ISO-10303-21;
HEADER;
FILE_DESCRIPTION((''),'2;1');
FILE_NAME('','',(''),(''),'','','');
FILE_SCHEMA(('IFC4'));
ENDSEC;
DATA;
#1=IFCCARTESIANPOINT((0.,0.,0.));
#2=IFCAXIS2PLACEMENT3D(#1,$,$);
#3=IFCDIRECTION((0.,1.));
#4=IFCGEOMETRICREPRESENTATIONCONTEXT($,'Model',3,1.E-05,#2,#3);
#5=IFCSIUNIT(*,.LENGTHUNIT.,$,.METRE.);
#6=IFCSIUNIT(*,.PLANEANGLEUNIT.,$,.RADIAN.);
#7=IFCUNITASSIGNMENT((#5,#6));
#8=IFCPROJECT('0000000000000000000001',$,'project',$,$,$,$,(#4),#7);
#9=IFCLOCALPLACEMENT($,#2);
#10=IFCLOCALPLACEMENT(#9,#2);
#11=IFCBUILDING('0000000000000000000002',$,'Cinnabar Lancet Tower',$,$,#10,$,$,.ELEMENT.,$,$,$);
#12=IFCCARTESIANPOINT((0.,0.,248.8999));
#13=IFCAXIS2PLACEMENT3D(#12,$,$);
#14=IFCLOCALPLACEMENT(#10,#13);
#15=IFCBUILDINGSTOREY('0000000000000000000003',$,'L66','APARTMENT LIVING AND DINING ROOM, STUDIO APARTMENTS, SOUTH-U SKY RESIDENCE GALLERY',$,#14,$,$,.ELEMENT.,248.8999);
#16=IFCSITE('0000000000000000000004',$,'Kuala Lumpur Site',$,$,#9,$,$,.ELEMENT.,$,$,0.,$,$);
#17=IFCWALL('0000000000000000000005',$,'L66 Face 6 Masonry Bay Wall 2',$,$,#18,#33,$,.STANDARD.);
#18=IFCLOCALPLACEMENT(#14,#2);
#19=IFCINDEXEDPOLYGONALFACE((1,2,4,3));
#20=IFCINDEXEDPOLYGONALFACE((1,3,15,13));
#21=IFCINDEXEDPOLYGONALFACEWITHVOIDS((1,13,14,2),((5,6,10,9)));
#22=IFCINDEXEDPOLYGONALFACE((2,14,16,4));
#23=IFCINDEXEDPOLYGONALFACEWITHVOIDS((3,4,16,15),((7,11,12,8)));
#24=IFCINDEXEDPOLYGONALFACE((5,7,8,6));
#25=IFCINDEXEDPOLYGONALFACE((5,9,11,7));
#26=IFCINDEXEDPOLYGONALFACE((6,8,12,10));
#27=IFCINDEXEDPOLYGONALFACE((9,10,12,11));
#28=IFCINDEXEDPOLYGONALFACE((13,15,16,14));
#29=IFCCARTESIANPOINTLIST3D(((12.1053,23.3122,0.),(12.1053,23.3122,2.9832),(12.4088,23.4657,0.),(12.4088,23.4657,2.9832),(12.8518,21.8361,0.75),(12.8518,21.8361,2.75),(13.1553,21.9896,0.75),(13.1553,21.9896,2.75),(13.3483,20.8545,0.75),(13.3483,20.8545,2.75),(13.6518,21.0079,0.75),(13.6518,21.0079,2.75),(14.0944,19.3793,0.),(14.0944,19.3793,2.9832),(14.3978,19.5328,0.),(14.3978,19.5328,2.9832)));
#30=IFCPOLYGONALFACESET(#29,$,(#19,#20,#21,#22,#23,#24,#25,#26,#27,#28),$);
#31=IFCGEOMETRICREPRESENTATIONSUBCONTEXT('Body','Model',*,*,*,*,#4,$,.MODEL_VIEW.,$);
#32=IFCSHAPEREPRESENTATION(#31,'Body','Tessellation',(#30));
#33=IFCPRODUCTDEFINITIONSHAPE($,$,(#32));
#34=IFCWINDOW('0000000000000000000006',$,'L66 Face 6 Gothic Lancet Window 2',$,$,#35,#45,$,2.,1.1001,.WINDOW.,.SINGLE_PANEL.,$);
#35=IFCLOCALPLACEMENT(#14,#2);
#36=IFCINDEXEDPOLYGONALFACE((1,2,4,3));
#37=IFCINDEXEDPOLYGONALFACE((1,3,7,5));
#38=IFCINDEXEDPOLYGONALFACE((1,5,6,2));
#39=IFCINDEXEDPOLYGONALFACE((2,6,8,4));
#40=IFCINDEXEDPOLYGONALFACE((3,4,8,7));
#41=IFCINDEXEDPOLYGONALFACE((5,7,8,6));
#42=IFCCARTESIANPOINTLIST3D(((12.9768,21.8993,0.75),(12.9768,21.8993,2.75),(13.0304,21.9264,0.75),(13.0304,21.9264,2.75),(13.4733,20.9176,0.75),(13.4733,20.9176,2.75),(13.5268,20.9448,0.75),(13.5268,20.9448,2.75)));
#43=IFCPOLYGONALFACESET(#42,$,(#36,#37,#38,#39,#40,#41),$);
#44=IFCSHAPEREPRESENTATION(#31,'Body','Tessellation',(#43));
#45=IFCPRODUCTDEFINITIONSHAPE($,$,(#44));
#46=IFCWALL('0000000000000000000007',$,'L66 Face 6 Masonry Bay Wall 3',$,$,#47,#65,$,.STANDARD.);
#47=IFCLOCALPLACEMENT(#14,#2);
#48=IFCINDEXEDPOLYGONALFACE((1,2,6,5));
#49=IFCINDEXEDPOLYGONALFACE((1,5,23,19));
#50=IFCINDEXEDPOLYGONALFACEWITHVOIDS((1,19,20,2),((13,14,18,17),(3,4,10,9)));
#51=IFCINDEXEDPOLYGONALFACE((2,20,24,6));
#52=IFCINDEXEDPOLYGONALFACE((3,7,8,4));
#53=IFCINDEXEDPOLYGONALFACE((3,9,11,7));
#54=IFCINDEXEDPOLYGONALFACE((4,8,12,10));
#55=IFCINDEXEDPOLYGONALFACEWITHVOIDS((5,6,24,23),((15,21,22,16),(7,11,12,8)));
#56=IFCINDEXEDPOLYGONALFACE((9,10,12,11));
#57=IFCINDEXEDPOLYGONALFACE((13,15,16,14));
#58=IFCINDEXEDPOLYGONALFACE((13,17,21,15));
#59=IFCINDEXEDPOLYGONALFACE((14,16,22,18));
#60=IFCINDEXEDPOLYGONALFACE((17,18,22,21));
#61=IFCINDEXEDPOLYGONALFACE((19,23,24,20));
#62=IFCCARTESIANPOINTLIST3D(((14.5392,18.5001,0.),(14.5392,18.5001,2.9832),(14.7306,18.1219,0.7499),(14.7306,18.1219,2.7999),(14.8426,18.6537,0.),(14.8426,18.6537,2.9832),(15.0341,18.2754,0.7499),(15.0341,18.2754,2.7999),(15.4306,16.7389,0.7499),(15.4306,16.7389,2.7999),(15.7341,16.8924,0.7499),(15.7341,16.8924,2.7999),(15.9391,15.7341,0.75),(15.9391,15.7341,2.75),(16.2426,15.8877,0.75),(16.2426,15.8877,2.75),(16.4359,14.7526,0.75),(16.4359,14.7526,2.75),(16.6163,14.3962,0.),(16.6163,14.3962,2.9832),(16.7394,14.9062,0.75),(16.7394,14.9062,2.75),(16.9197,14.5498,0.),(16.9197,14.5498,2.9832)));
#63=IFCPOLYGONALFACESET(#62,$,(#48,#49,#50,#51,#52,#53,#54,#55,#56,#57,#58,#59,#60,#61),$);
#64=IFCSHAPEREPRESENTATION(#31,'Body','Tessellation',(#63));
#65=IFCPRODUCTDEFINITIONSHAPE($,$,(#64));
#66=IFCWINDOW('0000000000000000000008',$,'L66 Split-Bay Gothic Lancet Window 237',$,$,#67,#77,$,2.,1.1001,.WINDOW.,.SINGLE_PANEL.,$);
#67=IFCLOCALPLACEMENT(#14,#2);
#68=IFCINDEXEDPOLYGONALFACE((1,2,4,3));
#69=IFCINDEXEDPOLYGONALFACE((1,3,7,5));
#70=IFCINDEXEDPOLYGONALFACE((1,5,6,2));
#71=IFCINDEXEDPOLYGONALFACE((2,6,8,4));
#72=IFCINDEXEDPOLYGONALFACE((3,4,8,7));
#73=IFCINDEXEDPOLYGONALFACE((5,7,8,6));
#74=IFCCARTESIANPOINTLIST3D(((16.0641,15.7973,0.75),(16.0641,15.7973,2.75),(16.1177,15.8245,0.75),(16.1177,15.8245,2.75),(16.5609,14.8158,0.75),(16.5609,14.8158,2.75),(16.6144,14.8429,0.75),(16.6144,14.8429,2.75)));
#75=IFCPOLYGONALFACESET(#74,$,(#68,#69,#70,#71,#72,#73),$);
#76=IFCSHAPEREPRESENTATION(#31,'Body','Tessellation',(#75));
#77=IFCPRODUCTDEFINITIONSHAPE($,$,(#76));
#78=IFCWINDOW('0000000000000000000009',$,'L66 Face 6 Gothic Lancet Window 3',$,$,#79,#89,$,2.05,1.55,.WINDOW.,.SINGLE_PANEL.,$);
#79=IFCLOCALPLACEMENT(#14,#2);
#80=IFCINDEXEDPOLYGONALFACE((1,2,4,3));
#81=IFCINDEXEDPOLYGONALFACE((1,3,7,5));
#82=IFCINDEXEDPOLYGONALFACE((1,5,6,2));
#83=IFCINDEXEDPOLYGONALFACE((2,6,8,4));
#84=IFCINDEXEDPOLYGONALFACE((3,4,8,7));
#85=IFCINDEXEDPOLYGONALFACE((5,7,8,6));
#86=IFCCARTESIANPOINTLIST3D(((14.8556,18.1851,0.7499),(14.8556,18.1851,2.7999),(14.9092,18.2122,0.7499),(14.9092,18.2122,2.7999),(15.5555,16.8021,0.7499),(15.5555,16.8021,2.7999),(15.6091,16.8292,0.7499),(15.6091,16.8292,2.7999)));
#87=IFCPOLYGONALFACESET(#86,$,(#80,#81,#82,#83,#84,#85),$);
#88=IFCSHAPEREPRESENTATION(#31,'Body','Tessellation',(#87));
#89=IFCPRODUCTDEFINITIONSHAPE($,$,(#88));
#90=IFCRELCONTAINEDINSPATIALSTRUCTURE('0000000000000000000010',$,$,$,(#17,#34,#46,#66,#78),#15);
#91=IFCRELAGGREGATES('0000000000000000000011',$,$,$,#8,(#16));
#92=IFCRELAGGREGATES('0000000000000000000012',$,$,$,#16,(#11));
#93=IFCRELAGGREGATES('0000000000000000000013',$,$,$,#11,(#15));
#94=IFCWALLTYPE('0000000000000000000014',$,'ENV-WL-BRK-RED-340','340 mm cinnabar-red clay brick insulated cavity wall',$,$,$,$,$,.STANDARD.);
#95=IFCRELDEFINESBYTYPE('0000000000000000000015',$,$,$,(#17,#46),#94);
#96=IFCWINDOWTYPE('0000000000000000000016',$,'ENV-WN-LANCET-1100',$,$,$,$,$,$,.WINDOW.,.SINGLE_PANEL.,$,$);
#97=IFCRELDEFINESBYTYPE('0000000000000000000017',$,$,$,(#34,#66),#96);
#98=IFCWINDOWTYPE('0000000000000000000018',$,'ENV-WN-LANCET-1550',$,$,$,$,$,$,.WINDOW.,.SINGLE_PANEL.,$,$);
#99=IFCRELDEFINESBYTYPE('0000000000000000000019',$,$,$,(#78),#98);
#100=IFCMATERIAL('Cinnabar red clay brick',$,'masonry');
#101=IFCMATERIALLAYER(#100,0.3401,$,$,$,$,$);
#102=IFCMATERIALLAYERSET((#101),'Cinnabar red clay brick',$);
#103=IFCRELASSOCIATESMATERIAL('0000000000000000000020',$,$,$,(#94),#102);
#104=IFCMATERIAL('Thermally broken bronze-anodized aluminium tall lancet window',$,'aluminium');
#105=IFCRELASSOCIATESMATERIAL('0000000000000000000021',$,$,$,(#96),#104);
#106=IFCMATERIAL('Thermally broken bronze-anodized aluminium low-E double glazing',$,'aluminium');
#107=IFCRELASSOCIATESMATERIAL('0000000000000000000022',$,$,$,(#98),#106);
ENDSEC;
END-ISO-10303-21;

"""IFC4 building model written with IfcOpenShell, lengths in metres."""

from ifc_helpers import new_model, si_unit, direction, frame, frame_2d, origin, place, context, subcontext, project, spatial, rectangle, extrude, material, layer, layer_set, type_object, element, fill, save


model = new_model("IFC4")

# Units and contexts
model_context = context("Model", 3, precision=1e-05, world=origin(), true_north=direction((0.0, 1.0)))
body_context = subcontext(model_context, "Body", "Model", "MODEL_VIEW")
ifc_project = project(units=[si_unit("LENGTHUNIT", "METRE"), si_unit("PLANEANGLEUNIT", "RADIAN")], contexts=[model_context])

# Site, building, storey
site_placement = place(None, origin())
site = spatial("IfcSite", under=ifc_project, at=site_placement, Name="Kuala Lumpur Site", CompositionType="ELEMENT", RefElevation=0.0)
building_placement = place(site_placement, origin())
building = spatial("IfcBuilding", under=site, at=building_placement, Name="Cinnabar Lancet Tower", CompositionType="ELEMENT")
storey_placement = place(building_placement, frame((0.0, 0.0, 248.8999)))
storey = spatial("IfcBuildingStorey", under=building, at=storey_placement, Name="L66", Description="APARTMENT LIVING AND DINING ROOM, STUDIO APARTMENTS, SOUTH-U SKY RESIDENCE GALLERY", CompositionType="ELEMENT", Elevation=248.8999)

# Wall, opening, window
ifc_material_1 = material(Name="Cinnabar red clay brick", Category="masonry")
ifc_layer_1 = layer(ifc_material_1, 0.3401)
ifc_layer_set_1 = layer_set([ifc_layer_1], Name="Cinnabar red clay brick")
wall_type_1 = type_object("IfcWallType", Name="ENV-WL-BRK-RED-340", Description="340 mm cinnabar-red clay brick insulated cavity wall", PredefinedType="STANDARD", material=ifc_layer_set_1)
wall_1_placement = place(storey_placement, frame((12.2571, 23.3889, 0.0), z_axis=(0.0, 0.0, 1.0), x_axis=(0.451308, -0.892368, 0.0)))
wall_1 = element("IfcWall", 1, at=wall_1_placement, inside=storey, type_object=wall_type_1, Name="L66 Face 6 Masonry Bay Wall 2", PredefinedType="STANDARD", context=body_context, shape_type="SweptSolid", body=[
    extrude(rectangle(XDim=4.4072, YDim=0.3401, at=frame_2d((2.2036, 0.0))), origin(), (0.0, 0.0, 1.0), 2.9832),
])
opening_1_placement = place(wall_1_placement, frame((1.6541, 0.0, 0.75)))
opening_1 = element("IfcOpeningElement", 2, at=opening_1_placement, cuts=wall_1, PredefinedType="OPENING", context=body_context, shape_type="SweptSolid", body=[
    extrude(rectangle(XDim=1.1001, YDim=2.0, at=frame_2d((0.55, 1.0))), frame((0.0, 0.1799, 0.0), z_axis=(0.0, -1.0, 0.0), x_axis=(1.0, 0.0, 0.0)), (0.0, 0.0, 1.0), 0.3601),
])
ifc_material_2 = material(Name="Thermally broken bronze-anodized aluminium tall lancet window", Category="aluminium")
window_type_1 = type_object("IfcWindowType", Name="ENV-WN-LANCET-1100", PartitioningType="SINGLE_PANEL", PredefinedType="WINDOW", material=ifc_material_2)
window_1_placement = place(opening_1_placement, origin())
window_1 = element("IfcWindow", 3, at=window_1_placement, inside=storey, type_object=window_type_1, Name="L66 Face 6 Gothic Lancet Window 2", OverallHeight=2.0, OverallWidth=1.1001, PartitioningType="SINGLE_PANEL", PredefinedType="WINDOW", context=body_context, shape_type="SweptSolid", body=[
    extrude(rectangle(XDim=1.1001, YDim=2.0, at=frame_2d((0.55, 1.0))), frame((0.0, 0.03, 0.0), z_axis=(0.0, -1.0, 0.0), x_axis=(1.0, 0.0, 0.0)), (0.0, 0.0, 1.0), 0.0601),
])
fill(opening_1, window_1)

# Wall, openings, windows
wall_2_placement = place(storey_placement, frame((14.6909, 18.5769, 0.0), z_axis=(0.0, 0.0, 1.0), x_axis=(0.451582, -0.89223, 0.0)))
wall_2 = element("IfcWall", 4, at=wall_2_placement, inside=storey, type_object=wall_type_1, Name="L66 Face 6 Masonry Bay Wall 3", PredefinedType="STANDARD", context=body_context, shape_type="SweptSolid", body=[
    extrude(rectangle(XDim=4.5996, YDim=0.3401, at=frame_2d((2.2998, 0.0))), origin(), (0.0, 0.0, 1.0), 2.9832),
])
opening_2_placement = place(wall_2_placement, frame((0.4241, 0.0, 0.75)))
opening_2 = element("IfcOpeningElement", 5, at=opening_2_placement, cuts=wall_2, PredefinedType="OPENING", context=body_context, shape_type="SweptSolid", body=[
    extrude(rectangle(XDim=1.55, YDim=2.05, at=frame_2d((0.7749, 1.0249))), frame((0.0, 0.1799, 0.0), z_axis=(0.0, -1.0, 0.0), x_axis=(1.0, 0.0, 0.0)), (0.0, 0.0, 1.0), 0.3601),
])
opening_3_placement = place(wall_2_placement, frame((3.1001, 0.0, 0.75)))
opening_3 = element("IfcOpeningElement", 6, at=opening_3_placement, cuts=wall_2, PredefinedType="OPENING", context=body_context, shape_type="SweptSolid", body=[
    extrude(rectangle(XDim=1.1001, YDim=2.0, at=frame_2d((0.55, 1.0))), frame((0.0, 0.1799, 0.0), z_axis=(0.0, -1.0, 0.0), x_axis=(1.0, 0.0, 0.0)), (0.0, 0.0, 1.0), 0.3601),
])
window_2_placement = place(opening_3_placement, origin())
window_2 = element("IfcWindow", 7, at=window_2_placement, inside=storey, type_object=window_type_1, Name="L66 Split-Bay Gothic Lancet Window 237", OverallHeight=2.0, OverallWidth=1.1001, PartitioningType="SINGLE_PANEL", PredefinedType="WINDOW", context=body_context, shape_type="SweptSolid", body=[
    extrude(rectangle(XDim=1.1001, YDim=2.0, at=frame_2d((0.55, 1.0))), frame((0.0, 0.03, 0.0), z_axis=(0.0, -1.0, 0.0), x_axis=(1.0, 0.0, 0.0)), (0.0, 0.0, 1.0), 0.0601),
])
fill(opening_3, window_2)
ifc_material_3 = material(Name="Thermally broken bronze-anodized aluminium low-E double glazing", Category="aluminium")
window_type_2 = type_object("IfcWindowType", Name="ENV-WN-LANCET-1550", PartitioningType="SINGLE_PANEL", PredefinedType="WINDOW", material=ifc_material_3)
window_3_placement = place(opening_2_placement, origin())
window_3 = element("IfcWindow", 8, at=window_3_placement, inside=storey, type_object=window_type_2, Name="L66 Face 6 Gothic Lancet Window 3", OverallHeight=2.05, OverallWidth=1.55, PartitioningType="SINGLE_PANEL", PredefinedType="WINDOW", context=body_context, shape_type="SweptSolid", body=[
    extrude(rectangle(XDim=1.55, YDim=2.05, at=frame_2d((0.7749, 1.0249))), frame((0.0, 0.03, 0.0), z_axis=(0.0, -1.0, 0.0), x_axis=(1.0, 0.0, 0.0)), (0.0, 0.0, 1.0), 0.0601),
])
fill(opening_2, window_3)

save(model, "model.ifc")
